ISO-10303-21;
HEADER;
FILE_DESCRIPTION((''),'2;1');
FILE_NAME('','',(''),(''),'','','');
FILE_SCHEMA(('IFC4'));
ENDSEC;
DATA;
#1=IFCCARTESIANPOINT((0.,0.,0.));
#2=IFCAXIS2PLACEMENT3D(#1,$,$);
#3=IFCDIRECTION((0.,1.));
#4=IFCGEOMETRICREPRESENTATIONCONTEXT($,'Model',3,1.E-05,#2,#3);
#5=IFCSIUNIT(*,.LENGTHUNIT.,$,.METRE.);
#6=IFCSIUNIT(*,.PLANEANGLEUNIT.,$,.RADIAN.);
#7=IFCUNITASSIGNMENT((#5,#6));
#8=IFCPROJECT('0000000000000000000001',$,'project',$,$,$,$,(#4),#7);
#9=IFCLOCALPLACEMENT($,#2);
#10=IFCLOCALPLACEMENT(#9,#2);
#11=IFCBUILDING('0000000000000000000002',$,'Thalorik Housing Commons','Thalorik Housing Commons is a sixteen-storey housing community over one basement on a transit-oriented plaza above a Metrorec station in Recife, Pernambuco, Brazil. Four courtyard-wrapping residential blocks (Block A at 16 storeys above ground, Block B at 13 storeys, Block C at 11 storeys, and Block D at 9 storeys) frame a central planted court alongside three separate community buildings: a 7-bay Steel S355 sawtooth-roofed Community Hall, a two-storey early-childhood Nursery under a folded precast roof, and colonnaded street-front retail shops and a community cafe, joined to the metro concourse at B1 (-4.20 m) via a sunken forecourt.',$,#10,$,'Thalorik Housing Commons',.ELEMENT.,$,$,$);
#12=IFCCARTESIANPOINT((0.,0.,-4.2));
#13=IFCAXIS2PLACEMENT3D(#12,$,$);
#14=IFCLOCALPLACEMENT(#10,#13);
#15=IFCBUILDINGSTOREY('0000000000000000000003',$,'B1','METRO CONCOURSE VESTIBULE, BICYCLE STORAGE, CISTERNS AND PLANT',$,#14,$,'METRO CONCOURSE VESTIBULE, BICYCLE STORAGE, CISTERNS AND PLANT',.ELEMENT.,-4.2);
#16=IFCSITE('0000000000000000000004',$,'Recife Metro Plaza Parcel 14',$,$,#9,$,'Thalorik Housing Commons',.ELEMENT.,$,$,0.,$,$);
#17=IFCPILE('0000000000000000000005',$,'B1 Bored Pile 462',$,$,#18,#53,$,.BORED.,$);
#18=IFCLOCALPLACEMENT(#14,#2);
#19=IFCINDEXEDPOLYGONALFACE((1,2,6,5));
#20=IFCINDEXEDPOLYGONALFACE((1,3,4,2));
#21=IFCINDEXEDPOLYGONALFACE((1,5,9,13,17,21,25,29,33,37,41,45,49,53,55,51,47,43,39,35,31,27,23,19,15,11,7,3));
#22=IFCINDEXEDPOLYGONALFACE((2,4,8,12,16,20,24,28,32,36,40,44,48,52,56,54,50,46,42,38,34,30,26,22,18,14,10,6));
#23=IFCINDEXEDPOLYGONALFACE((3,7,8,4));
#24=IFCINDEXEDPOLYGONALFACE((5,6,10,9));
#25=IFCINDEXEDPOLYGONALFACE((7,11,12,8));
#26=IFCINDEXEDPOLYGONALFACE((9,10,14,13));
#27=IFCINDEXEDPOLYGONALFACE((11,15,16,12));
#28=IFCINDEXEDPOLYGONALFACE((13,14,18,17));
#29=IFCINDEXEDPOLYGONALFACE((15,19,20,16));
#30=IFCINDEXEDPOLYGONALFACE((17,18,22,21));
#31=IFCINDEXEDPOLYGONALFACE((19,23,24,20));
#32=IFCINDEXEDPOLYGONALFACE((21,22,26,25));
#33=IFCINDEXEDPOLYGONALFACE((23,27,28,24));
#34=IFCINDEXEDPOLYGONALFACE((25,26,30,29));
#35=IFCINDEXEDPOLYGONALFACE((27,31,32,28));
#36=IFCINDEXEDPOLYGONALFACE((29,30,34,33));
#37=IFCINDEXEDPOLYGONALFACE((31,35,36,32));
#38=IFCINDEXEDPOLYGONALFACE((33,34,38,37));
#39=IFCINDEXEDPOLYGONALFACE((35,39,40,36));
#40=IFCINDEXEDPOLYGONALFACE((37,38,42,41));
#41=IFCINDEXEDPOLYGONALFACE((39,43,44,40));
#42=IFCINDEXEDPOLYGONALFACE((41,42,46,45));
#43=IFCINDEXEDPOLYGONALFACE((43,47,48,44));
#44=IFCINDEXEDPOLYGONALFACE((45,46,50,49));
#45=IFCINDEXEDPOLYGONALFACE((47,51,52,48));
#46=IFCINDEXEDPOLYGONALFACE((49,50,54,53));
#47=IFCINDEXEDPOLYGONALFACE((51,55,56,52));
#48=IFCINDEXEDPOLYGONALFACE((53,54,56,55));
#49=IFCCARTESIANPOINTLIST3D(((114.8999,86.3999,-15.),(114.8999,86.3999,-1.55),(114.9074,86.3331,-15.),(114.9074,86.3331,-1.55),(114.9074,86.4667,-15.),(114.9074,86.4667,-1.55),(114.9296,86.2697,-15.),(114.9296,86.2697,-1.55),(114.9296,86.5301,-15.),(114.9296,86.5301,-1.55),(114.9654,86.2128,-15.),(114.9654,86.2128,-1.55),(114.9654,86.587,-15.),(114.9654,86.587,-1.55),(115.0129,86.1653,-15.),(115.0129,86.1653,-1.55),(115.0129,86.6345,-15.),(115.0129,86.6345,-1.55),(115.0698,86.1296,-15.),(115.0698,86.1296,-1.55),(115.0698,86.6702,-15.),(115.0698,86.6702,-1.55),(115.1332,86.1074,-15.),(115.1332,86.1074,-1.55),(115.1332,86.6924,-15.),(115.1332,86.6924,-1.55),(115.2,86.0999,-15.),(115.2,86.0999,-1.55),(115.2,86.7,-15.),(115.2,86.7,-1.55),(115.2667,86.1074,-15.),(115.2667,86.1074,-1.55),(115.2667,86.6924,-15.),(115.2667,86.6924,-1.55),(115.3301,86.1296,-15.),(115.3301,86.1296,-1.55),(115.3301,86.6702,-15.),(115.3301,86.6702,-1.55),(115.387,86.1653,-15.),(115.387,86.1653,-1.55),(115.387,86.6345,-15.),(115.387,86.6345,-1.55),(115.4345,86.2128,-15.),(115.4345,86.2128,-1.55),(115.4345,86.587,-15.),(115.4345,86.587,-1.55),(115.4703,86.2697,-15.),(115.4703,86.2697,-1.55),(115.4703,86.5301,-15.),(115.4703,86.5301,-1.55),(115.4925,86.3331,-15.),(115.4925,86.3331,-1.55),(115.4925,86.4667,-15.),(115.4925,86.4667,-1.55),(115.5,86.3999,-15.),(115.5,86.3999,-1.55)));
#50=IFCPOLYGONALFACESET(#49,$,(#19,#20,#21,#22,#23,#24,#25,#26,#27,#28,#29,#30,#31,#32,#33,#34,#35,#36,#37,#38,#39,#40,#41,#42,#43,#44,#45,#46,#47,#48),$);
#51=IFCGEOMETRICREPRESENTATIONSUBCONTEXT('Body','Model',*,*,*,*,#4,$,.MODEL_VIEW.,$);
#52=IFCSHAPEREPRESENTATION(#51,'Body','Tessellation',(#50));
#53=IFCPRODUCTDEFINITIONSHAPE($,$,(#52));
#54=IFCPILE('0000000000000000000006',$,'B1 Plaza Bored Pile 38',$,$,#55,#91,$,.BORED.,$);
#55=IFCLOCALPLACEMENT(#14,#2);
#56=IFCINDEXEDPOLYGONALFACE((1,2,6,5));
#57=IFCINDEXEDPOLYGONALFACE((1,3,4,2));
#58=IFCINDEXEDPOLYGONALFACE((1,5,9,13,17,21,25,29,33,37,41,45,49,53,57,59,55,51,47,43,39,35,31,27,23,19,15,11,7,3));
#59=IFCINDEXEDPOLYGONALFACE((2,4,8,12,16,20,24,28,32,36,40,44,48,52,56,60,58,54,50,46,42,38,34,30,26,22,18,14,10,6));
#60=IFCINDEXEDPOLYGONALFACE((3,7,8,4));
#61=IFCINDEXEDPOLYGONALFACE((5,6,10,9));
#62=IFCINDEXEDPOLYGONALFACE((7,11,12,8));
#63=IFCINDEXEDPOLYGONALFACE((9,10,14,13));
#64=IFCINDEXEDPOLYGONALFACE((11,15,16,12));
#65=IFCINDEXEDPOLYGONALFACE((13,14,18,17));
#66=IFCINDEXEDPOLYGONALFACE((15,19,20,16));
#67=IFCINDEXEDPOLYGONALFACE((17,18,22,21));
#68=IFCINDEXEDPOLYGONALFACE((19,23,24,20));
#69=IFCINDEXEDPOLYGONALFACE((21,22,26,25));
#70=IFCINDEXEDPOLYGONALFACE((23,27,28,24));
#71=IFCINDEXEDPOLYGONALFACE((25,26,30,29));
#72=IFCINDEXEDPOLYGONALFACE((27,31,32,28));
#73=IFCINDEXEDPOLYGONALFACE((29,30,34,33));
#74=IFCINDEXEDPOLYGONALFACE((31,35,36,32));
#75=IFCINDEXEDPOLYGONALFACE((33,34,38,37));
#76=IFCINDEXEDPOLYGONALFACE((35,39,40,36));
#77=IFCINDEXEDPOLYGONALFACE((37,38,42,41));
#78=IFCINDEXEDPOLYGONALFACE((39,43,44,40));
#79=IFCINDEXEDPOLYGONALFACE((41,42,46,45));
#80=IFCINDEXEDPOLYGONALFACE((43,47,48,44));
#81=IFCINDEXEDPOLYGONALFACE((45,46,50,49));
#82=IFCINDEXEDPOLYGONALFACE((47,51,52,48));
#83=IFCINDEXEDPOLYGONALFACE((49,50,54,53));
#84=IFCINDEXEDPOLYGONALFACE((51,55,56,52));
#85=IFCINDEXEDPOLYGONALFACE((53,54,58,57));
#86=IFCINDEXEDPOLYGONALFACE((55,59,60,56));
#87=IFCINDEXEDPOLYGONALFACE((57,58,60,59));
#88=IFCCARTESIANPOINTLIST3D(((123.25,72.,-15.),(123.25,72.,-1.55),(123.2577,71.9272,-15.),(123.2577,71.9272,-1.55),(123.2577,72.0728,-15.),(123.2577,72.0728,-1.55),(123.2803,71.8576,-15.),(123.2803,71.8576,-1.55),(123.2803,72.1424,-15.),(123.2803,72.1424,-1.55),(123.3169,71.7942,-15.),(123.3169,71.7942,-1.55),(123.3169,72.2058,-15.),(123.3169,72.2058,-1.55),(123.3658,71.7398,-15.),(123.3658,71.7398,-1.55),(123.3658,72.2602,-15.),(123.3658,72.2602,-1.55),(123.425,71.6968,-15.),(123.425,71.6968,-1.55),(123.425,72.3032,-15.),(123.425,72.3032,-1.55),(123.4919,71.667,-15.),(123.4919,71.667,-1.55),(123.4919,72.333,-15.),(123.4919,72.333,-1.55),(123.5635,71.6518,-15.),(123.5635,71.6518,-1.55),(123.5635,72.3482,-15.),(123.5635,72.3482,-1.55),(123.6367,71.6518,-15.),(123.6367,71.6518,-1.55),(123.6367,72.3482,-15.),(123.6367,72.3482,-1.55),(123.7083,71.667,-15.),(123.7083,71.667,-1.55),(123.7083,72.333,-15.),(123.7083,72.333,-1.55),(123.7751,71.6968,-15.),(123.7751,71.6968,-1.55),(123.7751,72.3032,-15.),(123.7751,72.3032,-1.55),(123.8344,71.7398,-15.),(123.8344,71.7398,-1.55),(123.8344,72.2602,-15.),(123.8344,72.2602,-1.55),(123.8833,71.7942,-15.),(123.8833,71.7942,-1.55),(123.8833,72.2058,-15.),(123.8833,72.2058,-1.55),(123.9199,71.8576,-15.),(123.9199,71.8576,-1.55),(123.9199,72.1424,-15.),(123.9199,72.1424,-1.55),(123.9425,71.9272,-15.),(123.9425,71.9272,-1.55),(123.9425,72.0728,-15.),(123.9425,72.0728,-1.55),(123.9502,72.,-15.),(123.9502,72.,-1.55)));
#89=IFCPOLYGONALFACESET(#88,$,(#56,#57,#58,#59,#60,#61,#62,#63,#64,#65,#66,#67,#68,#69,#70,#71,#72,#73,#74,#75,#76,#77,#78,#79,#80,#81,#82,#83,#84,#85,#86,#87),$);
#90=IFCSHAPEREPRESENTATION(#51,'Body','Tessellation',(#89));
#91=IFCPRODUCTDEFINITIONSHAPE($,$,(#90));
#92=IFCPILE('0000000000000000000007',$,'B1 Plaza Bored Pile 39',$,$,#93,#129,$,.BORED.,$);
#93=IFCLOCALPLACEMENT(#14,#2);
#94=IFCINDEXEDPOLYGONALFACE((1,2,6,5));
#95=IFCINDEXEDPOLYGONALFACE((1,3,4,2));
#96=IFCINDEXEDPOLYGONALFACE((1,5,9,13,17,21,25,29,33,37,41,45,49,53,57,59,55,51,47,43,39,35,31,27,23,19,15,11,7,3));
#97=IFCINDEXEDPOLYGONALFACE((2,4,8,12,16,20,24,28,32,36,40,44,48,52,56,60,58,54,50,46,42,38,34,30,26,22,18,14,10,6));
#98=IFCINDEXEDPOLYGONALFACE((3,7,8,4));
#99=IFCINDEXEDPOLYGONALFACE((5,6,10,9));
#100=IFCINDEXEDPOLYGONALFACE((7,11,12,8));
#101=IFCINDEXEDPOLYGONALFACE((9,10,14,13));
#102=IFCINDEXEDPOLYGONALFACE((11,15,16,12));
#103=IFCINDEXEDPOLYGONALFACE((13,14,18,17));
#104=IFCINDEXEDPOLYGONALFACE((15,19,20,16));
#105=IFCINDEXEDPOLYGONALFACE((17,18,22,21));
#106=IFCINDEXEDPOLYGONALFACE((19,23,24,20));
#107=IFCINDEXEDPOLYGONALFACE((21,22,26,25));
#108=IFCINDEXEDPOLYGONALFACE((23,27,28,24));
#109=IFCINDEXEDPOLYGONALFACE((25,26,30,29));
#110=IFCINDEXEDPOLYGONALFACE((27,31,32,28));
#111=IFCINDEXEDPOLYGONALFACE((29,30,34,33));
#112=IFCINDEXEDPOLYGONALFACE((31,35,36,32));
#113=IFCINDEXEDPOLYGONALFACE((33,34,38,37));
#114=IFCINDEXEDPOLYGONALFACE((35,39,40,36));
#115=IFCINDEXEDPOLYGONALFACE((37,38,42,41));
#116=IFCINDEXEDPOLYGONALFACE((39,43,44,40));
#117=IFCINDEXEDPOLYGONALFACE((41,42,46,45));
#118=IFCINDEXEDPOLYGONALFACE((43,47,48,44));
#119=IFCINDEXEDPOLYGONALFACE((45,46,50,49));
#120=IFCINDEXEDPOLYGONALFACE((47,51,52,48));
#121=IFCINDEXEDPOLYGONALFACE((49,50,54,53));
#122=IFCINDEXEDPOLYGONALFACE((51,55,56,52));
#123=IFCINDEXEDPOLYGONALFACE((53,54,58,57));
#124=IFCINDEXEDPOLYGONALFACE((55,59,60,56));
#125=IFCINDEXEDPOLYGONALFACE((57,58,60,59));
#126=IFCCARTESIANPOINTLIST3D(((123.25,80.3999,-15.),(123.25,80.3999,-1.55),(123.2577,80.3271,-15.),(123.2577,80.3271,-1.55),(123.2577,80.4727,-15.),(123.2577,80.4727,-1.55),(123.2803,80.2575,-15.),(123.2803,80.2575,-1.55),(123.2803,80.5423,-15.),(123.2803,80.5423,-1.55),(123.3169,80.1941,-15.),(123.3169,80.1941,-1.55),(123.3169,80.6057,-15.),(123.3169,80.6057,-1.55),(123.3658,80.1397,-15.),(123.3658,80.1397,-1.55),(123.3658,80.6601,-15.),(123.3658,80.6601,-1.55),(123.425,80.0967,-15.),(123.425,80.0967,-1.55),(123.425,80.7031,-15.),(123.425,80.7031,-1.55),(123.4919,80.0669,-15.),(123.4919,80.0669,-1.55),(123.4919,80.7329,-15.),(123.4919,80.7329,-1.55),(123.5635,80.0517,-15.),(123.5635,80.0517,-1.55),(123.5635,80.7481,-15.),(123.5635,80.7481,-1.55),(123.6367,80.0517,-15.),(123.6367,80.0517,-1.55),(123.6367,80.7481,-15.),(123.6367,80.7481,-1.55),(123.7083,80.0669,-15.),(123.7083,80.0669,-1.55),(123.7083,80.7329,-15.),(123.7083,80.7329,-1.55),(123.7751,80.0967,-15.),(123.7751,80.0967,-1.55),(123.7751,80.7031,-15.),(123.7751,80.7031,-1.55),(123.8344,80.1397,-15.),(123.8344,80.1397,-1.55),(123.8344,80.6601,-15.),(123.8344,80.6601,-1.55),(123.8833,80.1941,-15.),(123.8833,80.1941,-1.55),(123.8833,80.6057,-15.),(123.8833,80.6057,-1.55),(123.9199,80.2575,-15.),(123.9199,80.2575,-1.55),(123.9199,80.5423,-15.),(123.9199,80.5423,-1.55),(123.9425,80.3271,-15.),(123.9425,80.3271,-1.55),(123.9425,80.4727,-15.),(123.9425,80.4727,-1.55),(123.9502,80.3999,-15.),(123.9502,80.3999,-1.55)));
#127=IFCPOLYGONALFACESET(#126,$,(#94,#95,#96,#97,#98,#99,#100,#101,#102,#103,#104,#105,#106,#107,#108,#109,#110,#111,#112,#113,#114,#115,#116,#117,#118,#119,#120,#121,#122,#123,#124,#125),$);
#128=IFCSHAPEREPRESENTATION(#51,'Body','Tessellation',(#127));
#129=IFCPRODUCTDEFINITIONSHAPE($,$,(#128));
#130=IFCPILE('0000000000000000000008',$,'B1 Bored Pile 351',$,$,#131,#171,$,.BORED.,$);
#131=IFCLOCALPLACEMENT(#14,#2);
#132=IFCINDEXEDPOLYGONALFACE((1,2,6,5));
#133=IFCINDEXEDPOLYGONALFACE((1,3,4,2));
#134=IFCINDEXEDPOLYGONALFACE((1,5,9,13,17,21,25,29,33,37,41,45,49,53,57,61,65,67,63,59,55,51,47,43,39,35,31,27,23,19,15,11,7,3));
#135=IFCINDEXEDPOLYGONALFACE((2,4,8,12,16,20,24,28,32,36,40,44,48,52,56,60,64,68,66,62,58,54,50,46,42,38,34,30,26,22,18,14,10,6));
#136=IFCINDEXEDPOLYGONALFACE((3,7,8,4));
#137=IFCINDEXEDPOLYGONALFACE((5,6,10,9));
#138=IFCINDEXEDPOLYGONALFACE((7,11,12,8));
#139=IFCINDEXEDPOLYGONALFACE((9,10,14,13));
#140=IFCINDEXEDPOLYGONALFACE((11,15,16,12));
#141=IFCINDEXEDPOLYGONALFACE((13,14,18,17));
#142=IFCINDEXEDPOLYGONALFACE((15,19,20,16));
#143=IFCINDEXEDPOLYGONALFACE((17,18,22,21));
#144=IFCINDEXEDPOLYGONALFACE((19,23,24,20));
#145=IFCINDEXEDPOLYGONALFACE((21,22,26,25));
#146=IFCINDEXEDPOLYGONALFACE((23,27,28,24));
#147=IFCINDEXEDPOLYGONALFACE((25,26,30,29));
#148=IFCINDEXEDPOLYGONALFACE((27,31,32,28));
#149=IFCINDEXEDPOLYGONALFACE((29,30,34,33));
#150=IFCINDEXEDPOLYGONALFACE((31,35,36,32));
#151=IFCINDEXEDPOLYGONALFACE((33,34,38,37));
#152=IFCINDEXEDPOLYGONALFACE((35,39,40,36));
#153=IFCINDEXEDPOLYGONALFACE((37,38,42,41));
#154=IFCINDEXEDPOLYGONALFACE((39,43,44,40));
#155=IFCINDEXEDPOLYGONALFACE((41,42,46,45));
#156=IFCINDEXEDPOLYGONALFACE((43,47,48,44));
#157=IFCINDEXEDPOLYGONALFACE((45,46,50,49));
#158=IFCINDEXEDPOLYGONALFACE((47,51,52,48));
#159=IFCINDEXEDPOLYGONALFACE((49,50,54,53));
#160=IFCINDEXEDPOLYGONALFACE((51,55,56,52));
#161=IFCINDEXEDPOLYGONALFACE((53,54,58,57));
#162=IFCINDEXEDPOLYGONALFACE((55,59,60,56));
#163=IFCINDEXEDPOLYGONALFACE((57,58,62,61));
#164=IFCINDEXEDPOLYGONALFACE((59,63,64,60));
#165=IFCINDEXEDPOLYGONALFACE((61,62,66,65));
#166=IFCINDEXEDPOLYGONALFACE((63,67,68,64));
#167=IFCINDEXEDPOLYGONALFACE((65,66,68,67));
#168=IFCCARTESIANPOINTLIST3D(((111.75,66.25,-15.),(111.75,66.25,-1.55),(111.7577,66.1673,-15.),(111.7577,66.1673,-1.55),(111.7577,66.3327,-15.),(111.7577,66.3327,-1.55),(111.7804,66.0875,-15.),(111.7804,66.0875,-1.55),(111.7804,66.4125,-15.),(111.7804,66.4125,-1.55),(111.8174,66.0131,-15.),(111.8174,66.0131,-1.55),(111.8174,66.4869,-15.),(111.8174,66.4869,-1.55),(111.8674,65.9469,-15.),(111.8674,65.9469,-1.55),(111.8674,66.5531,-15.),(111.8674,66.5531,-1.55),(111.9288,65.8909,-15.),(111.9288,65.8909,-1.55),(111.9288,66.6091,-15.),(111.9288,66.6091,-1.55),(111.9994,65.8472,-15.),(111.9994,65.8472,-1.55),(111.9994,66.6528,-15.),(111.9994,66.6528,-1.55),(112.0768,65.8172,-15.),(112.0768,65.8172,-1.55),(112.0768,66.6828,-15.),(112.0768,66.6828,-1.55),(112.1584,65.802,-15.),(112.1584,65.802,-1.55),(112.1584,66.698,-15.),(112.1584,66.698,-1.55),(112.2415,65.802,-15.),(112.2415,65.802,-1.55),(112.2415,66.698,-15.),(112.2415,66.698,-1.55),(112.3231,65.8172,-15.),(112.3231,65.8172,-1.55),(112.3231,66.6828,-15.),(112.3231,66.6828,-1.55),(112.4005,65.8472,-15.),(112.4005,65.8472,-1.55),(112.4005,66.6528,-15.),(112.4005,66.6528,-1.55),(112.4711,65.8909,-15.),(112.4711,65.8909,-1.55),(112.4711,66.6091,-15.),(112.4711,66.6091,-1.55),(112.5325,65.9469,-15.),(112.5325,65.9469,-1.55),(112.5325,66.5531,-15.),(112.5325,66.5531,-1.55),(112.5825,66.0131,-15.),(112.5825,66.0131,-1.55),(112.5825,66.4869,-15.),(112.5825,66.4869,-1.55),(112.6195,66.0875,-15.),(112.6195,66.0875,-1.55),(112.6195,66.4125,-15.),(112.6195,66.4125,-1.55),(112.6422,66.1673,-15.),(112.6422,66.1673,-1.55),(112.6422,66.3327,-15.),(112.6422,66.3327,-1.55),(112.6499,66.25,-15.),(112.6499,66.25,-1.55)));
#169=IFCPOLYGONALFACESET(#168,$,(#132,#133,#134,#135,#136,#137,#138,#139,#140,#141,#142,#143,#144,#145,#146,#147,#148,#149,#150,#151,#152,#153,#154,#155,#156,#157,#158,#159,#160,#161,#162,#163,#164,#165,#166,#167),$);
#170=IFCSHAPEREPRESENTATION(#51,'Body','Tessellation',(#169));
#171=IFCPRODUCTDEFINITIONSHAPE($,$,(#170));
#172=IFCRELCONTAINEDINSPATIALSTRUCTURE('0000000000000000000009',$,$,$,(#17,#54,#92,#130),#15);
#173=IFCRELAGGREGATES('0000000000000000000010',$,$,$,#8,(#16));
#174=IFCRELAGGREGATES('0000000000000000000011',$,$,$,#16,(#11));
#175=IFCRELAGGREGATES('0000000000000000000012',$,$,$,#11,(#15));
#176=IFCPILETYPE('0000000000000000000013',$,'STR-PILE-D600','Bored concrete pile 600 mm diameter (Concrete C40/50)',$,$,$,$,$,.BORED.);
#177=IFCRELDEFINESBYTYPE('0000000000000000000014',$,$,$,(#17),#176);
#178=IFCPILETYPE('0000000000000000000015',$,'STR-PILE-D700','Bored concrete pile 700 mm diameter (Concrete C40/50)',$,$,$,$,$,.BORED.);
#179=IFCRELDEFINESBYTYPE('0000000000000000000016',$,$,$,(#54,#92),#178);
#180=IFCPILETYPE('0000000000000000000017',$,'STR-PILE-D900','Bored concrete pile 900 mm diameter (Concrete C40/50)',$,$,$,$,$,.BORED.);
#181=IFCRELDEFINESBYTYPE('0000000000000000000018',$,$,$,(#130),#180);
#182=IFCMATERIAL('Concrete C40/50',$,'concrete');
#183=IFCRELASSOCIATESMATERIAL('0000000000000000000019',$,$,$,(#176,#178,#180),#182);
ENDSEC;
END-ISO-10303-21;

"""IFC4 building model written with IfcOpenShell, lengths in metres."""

from ifc_helpers import new_model, si_unit, direction, frame, origin, origin_2d, place, context, subcontext, project, spatial, circle, extrude, material, material_profile, profile_set, type_object, element, save


model = new_model("IFC4")

# Units and contexts
model_context = context("Model", 3, precision=1e-05, world=origin(), true_north=direction((0.0, 1.0)))
body_context = subcontext(model_context, "Body", "Model", "MODEL_VIEW")
ifc_project = project(units=[si_unit("LENGTHUNIT", "METRE"), si_unit("PLANEANGLEUNIT", "RADIAN")], contexts=[model_context])

# Site, building, storey
site_placement = place(None, origin())
site = spatial("IfcSite", under=ifc_project, at=site_placement, Name="Recife Metro Plaza Parcel 14", LongName="Thalorik Housing Commons", CompositionType="ELEMENT", RefElevation=0.0)
building_placement = place(site_placement, origin())
building = spatial("IfcBuilding", under=site, at=building_placement, Name="Thalorik Housing Commons", Description="Thalorik Housing Commons is a sixteen-storey housing community over one basement on a transit-oriented plaza above a Metrorec station in Recife, Pernambuco, Brazil. Four courtyard-wrapping residential blocks (Block A at 16 storeys above ground, Block B at 13 storeys, Block C at 11 storeys, and Block D at 9 storeys) frame a central planted court alongside three separate community buildings: a 7-bay Steel S355 sawtooth-roofed Community Hall, a two-storey early-childhood Nursery under a folded precast roof, and colonnaded street-front retail shops and a community cafe, joined to the metro concourse at B1 (-4.20 m) via a sunken forecourt.", LongName="Thalorik Housing Commons", CompositionType="ELEMENT")
storey_placement = place(building_placement, frame((0.0, 0.0, -4.2)))
storey = spatial("IfcBuildingStorey", under=building, at=storey_placement, Name="B1", Description="METRO CONCOURSE VESTIBULE, BICYCLE STORAGE, CISTERNS AND PLANT", LongName="METRO CONCOURSE VESTIBULE, BICYCLE STORAGE, CISTERNS AND PLANT", CompositionType="ELEMENT", Elevation=-4.2)

# Shared definitions
ifc_material_1 = material(Name="Concrete C40/50", Category="concrete")

# Piles
ifc_material_profile_1 = material_profile(ifc_material_1, circle(Radius=0.3, at=origin_2d()), Name="BORED PILE D600", Category="concrete")
ifc_profile_set_1 = profile_set([ifc_material_profile_1], Name="Concrete C40/50")
pile_type_1 = type_object("IfcPileType", Name="STR-PILE-D600", Description="Bored concrete pile 600 mm diameter (Concrete C40/50)", PredefinedType="BORED", material=ifc_profile_set_1)
for number, where, z_axis, x_axis, name in (
    (1, (115.2, 86.3999, -1.55), (0.0, 0.0, -1.0), (1.0, 0.0, 0.0), "B1 Bored Pile 462"),
):
    element("IfcPile", number, at=place(storey_placement, frame(where, z_axis=z_axis, x_axis=x_axis)), inside=storey, type_object=pile_type_1, Name=name, PredefinedType="BORED", context=body_context, shape_type="SweptSolid", body=[
        extrude(circle(Radius=0.3, at=origin_2d()), origin(), (0.0, 0.0, 1.0), 13.45),
    ])
ifc_material_profile_2 = material_profile(ifc_material_1, circle(Radius=0.3501, at=origin_2d()), Name="BORED PILE D700", Category="concrete")
ifc_profile_set_2 = profile_set([ifc_material_profile_2], Name="Concrete C40/50")
pile_type_2 = type_object("IfcPileType", Name="STR-PILE-D700", Description="Bored concrete pile 700 mm diameter (Concrete C40/50)", PredefinedType="BORED", material=ifc_profile_set_2)
for number, where, z_axis, x_axis, name in (
    (2, (123.6001, 72.0, -1.55), (0.0, 0.0, -1.0), (1.0, 0.0, 0.0), "B1 Plaza Bored Pile 38"),
    (3, (123.6001, 80.3999, -1.55), (0.0, 0.0, -1.0), (1.0, 0.0, 0.0), "B1 Plaza Bored Pile 39"),
):
    element("IfcPile", number, at=place(storey_placement, frame(where, z_axis=z_axis, x_axis=x_axis)), inside=storey, type_object=pile_type_2, Name=name, PredefinedType="BORED", context=body_context, shape_type="SweptSolid", body=[
        extrude(circle(Radius=0.3501, at=origin_2d()), origin(), (0.0, 0.0, 1.0), 13.45),
    ])
ifc_material_profile_3 = material_profile(ifc_material_1, circle(Radius=0.45, at=origin_2d()), Name="BORED PILE D900", Category="concrete")
ifc_profile_set_3 = profile_set([ifc_material_profile_3], Name="Concrete C40/50")
pile_type_3 = type_object("IfcPileType", Name="STR-PILE-D900", Description="Bored concrete pile 900 mm diameter (Concrete C40/50)", PredefinedType="BORED", material=ifc_profile_set_3)
for number, where, z_axis, x_axis, name in (
    (4, (112.2, 66.25, -1.55), (0.0, 0.0, -1.0), (1.0, 0.0, 0.0), "B1 Bored Pile 351"),
):
    element("IfcPile", number, at=place(storey_placement, frame(where, z_axis=z_axis, x_axis=x_axis)), inside=storey, type_object=pile_type_3, Name=name, PredefinedType="BORED", context=body_context, shape_type="SweptSolid", body=[
        extrude(circle(Radius=0.45, at=origin_2d()), origin(), (0.0, 0.0, 1.0), 13.45),
    ])

save(model, "model.ifc")
